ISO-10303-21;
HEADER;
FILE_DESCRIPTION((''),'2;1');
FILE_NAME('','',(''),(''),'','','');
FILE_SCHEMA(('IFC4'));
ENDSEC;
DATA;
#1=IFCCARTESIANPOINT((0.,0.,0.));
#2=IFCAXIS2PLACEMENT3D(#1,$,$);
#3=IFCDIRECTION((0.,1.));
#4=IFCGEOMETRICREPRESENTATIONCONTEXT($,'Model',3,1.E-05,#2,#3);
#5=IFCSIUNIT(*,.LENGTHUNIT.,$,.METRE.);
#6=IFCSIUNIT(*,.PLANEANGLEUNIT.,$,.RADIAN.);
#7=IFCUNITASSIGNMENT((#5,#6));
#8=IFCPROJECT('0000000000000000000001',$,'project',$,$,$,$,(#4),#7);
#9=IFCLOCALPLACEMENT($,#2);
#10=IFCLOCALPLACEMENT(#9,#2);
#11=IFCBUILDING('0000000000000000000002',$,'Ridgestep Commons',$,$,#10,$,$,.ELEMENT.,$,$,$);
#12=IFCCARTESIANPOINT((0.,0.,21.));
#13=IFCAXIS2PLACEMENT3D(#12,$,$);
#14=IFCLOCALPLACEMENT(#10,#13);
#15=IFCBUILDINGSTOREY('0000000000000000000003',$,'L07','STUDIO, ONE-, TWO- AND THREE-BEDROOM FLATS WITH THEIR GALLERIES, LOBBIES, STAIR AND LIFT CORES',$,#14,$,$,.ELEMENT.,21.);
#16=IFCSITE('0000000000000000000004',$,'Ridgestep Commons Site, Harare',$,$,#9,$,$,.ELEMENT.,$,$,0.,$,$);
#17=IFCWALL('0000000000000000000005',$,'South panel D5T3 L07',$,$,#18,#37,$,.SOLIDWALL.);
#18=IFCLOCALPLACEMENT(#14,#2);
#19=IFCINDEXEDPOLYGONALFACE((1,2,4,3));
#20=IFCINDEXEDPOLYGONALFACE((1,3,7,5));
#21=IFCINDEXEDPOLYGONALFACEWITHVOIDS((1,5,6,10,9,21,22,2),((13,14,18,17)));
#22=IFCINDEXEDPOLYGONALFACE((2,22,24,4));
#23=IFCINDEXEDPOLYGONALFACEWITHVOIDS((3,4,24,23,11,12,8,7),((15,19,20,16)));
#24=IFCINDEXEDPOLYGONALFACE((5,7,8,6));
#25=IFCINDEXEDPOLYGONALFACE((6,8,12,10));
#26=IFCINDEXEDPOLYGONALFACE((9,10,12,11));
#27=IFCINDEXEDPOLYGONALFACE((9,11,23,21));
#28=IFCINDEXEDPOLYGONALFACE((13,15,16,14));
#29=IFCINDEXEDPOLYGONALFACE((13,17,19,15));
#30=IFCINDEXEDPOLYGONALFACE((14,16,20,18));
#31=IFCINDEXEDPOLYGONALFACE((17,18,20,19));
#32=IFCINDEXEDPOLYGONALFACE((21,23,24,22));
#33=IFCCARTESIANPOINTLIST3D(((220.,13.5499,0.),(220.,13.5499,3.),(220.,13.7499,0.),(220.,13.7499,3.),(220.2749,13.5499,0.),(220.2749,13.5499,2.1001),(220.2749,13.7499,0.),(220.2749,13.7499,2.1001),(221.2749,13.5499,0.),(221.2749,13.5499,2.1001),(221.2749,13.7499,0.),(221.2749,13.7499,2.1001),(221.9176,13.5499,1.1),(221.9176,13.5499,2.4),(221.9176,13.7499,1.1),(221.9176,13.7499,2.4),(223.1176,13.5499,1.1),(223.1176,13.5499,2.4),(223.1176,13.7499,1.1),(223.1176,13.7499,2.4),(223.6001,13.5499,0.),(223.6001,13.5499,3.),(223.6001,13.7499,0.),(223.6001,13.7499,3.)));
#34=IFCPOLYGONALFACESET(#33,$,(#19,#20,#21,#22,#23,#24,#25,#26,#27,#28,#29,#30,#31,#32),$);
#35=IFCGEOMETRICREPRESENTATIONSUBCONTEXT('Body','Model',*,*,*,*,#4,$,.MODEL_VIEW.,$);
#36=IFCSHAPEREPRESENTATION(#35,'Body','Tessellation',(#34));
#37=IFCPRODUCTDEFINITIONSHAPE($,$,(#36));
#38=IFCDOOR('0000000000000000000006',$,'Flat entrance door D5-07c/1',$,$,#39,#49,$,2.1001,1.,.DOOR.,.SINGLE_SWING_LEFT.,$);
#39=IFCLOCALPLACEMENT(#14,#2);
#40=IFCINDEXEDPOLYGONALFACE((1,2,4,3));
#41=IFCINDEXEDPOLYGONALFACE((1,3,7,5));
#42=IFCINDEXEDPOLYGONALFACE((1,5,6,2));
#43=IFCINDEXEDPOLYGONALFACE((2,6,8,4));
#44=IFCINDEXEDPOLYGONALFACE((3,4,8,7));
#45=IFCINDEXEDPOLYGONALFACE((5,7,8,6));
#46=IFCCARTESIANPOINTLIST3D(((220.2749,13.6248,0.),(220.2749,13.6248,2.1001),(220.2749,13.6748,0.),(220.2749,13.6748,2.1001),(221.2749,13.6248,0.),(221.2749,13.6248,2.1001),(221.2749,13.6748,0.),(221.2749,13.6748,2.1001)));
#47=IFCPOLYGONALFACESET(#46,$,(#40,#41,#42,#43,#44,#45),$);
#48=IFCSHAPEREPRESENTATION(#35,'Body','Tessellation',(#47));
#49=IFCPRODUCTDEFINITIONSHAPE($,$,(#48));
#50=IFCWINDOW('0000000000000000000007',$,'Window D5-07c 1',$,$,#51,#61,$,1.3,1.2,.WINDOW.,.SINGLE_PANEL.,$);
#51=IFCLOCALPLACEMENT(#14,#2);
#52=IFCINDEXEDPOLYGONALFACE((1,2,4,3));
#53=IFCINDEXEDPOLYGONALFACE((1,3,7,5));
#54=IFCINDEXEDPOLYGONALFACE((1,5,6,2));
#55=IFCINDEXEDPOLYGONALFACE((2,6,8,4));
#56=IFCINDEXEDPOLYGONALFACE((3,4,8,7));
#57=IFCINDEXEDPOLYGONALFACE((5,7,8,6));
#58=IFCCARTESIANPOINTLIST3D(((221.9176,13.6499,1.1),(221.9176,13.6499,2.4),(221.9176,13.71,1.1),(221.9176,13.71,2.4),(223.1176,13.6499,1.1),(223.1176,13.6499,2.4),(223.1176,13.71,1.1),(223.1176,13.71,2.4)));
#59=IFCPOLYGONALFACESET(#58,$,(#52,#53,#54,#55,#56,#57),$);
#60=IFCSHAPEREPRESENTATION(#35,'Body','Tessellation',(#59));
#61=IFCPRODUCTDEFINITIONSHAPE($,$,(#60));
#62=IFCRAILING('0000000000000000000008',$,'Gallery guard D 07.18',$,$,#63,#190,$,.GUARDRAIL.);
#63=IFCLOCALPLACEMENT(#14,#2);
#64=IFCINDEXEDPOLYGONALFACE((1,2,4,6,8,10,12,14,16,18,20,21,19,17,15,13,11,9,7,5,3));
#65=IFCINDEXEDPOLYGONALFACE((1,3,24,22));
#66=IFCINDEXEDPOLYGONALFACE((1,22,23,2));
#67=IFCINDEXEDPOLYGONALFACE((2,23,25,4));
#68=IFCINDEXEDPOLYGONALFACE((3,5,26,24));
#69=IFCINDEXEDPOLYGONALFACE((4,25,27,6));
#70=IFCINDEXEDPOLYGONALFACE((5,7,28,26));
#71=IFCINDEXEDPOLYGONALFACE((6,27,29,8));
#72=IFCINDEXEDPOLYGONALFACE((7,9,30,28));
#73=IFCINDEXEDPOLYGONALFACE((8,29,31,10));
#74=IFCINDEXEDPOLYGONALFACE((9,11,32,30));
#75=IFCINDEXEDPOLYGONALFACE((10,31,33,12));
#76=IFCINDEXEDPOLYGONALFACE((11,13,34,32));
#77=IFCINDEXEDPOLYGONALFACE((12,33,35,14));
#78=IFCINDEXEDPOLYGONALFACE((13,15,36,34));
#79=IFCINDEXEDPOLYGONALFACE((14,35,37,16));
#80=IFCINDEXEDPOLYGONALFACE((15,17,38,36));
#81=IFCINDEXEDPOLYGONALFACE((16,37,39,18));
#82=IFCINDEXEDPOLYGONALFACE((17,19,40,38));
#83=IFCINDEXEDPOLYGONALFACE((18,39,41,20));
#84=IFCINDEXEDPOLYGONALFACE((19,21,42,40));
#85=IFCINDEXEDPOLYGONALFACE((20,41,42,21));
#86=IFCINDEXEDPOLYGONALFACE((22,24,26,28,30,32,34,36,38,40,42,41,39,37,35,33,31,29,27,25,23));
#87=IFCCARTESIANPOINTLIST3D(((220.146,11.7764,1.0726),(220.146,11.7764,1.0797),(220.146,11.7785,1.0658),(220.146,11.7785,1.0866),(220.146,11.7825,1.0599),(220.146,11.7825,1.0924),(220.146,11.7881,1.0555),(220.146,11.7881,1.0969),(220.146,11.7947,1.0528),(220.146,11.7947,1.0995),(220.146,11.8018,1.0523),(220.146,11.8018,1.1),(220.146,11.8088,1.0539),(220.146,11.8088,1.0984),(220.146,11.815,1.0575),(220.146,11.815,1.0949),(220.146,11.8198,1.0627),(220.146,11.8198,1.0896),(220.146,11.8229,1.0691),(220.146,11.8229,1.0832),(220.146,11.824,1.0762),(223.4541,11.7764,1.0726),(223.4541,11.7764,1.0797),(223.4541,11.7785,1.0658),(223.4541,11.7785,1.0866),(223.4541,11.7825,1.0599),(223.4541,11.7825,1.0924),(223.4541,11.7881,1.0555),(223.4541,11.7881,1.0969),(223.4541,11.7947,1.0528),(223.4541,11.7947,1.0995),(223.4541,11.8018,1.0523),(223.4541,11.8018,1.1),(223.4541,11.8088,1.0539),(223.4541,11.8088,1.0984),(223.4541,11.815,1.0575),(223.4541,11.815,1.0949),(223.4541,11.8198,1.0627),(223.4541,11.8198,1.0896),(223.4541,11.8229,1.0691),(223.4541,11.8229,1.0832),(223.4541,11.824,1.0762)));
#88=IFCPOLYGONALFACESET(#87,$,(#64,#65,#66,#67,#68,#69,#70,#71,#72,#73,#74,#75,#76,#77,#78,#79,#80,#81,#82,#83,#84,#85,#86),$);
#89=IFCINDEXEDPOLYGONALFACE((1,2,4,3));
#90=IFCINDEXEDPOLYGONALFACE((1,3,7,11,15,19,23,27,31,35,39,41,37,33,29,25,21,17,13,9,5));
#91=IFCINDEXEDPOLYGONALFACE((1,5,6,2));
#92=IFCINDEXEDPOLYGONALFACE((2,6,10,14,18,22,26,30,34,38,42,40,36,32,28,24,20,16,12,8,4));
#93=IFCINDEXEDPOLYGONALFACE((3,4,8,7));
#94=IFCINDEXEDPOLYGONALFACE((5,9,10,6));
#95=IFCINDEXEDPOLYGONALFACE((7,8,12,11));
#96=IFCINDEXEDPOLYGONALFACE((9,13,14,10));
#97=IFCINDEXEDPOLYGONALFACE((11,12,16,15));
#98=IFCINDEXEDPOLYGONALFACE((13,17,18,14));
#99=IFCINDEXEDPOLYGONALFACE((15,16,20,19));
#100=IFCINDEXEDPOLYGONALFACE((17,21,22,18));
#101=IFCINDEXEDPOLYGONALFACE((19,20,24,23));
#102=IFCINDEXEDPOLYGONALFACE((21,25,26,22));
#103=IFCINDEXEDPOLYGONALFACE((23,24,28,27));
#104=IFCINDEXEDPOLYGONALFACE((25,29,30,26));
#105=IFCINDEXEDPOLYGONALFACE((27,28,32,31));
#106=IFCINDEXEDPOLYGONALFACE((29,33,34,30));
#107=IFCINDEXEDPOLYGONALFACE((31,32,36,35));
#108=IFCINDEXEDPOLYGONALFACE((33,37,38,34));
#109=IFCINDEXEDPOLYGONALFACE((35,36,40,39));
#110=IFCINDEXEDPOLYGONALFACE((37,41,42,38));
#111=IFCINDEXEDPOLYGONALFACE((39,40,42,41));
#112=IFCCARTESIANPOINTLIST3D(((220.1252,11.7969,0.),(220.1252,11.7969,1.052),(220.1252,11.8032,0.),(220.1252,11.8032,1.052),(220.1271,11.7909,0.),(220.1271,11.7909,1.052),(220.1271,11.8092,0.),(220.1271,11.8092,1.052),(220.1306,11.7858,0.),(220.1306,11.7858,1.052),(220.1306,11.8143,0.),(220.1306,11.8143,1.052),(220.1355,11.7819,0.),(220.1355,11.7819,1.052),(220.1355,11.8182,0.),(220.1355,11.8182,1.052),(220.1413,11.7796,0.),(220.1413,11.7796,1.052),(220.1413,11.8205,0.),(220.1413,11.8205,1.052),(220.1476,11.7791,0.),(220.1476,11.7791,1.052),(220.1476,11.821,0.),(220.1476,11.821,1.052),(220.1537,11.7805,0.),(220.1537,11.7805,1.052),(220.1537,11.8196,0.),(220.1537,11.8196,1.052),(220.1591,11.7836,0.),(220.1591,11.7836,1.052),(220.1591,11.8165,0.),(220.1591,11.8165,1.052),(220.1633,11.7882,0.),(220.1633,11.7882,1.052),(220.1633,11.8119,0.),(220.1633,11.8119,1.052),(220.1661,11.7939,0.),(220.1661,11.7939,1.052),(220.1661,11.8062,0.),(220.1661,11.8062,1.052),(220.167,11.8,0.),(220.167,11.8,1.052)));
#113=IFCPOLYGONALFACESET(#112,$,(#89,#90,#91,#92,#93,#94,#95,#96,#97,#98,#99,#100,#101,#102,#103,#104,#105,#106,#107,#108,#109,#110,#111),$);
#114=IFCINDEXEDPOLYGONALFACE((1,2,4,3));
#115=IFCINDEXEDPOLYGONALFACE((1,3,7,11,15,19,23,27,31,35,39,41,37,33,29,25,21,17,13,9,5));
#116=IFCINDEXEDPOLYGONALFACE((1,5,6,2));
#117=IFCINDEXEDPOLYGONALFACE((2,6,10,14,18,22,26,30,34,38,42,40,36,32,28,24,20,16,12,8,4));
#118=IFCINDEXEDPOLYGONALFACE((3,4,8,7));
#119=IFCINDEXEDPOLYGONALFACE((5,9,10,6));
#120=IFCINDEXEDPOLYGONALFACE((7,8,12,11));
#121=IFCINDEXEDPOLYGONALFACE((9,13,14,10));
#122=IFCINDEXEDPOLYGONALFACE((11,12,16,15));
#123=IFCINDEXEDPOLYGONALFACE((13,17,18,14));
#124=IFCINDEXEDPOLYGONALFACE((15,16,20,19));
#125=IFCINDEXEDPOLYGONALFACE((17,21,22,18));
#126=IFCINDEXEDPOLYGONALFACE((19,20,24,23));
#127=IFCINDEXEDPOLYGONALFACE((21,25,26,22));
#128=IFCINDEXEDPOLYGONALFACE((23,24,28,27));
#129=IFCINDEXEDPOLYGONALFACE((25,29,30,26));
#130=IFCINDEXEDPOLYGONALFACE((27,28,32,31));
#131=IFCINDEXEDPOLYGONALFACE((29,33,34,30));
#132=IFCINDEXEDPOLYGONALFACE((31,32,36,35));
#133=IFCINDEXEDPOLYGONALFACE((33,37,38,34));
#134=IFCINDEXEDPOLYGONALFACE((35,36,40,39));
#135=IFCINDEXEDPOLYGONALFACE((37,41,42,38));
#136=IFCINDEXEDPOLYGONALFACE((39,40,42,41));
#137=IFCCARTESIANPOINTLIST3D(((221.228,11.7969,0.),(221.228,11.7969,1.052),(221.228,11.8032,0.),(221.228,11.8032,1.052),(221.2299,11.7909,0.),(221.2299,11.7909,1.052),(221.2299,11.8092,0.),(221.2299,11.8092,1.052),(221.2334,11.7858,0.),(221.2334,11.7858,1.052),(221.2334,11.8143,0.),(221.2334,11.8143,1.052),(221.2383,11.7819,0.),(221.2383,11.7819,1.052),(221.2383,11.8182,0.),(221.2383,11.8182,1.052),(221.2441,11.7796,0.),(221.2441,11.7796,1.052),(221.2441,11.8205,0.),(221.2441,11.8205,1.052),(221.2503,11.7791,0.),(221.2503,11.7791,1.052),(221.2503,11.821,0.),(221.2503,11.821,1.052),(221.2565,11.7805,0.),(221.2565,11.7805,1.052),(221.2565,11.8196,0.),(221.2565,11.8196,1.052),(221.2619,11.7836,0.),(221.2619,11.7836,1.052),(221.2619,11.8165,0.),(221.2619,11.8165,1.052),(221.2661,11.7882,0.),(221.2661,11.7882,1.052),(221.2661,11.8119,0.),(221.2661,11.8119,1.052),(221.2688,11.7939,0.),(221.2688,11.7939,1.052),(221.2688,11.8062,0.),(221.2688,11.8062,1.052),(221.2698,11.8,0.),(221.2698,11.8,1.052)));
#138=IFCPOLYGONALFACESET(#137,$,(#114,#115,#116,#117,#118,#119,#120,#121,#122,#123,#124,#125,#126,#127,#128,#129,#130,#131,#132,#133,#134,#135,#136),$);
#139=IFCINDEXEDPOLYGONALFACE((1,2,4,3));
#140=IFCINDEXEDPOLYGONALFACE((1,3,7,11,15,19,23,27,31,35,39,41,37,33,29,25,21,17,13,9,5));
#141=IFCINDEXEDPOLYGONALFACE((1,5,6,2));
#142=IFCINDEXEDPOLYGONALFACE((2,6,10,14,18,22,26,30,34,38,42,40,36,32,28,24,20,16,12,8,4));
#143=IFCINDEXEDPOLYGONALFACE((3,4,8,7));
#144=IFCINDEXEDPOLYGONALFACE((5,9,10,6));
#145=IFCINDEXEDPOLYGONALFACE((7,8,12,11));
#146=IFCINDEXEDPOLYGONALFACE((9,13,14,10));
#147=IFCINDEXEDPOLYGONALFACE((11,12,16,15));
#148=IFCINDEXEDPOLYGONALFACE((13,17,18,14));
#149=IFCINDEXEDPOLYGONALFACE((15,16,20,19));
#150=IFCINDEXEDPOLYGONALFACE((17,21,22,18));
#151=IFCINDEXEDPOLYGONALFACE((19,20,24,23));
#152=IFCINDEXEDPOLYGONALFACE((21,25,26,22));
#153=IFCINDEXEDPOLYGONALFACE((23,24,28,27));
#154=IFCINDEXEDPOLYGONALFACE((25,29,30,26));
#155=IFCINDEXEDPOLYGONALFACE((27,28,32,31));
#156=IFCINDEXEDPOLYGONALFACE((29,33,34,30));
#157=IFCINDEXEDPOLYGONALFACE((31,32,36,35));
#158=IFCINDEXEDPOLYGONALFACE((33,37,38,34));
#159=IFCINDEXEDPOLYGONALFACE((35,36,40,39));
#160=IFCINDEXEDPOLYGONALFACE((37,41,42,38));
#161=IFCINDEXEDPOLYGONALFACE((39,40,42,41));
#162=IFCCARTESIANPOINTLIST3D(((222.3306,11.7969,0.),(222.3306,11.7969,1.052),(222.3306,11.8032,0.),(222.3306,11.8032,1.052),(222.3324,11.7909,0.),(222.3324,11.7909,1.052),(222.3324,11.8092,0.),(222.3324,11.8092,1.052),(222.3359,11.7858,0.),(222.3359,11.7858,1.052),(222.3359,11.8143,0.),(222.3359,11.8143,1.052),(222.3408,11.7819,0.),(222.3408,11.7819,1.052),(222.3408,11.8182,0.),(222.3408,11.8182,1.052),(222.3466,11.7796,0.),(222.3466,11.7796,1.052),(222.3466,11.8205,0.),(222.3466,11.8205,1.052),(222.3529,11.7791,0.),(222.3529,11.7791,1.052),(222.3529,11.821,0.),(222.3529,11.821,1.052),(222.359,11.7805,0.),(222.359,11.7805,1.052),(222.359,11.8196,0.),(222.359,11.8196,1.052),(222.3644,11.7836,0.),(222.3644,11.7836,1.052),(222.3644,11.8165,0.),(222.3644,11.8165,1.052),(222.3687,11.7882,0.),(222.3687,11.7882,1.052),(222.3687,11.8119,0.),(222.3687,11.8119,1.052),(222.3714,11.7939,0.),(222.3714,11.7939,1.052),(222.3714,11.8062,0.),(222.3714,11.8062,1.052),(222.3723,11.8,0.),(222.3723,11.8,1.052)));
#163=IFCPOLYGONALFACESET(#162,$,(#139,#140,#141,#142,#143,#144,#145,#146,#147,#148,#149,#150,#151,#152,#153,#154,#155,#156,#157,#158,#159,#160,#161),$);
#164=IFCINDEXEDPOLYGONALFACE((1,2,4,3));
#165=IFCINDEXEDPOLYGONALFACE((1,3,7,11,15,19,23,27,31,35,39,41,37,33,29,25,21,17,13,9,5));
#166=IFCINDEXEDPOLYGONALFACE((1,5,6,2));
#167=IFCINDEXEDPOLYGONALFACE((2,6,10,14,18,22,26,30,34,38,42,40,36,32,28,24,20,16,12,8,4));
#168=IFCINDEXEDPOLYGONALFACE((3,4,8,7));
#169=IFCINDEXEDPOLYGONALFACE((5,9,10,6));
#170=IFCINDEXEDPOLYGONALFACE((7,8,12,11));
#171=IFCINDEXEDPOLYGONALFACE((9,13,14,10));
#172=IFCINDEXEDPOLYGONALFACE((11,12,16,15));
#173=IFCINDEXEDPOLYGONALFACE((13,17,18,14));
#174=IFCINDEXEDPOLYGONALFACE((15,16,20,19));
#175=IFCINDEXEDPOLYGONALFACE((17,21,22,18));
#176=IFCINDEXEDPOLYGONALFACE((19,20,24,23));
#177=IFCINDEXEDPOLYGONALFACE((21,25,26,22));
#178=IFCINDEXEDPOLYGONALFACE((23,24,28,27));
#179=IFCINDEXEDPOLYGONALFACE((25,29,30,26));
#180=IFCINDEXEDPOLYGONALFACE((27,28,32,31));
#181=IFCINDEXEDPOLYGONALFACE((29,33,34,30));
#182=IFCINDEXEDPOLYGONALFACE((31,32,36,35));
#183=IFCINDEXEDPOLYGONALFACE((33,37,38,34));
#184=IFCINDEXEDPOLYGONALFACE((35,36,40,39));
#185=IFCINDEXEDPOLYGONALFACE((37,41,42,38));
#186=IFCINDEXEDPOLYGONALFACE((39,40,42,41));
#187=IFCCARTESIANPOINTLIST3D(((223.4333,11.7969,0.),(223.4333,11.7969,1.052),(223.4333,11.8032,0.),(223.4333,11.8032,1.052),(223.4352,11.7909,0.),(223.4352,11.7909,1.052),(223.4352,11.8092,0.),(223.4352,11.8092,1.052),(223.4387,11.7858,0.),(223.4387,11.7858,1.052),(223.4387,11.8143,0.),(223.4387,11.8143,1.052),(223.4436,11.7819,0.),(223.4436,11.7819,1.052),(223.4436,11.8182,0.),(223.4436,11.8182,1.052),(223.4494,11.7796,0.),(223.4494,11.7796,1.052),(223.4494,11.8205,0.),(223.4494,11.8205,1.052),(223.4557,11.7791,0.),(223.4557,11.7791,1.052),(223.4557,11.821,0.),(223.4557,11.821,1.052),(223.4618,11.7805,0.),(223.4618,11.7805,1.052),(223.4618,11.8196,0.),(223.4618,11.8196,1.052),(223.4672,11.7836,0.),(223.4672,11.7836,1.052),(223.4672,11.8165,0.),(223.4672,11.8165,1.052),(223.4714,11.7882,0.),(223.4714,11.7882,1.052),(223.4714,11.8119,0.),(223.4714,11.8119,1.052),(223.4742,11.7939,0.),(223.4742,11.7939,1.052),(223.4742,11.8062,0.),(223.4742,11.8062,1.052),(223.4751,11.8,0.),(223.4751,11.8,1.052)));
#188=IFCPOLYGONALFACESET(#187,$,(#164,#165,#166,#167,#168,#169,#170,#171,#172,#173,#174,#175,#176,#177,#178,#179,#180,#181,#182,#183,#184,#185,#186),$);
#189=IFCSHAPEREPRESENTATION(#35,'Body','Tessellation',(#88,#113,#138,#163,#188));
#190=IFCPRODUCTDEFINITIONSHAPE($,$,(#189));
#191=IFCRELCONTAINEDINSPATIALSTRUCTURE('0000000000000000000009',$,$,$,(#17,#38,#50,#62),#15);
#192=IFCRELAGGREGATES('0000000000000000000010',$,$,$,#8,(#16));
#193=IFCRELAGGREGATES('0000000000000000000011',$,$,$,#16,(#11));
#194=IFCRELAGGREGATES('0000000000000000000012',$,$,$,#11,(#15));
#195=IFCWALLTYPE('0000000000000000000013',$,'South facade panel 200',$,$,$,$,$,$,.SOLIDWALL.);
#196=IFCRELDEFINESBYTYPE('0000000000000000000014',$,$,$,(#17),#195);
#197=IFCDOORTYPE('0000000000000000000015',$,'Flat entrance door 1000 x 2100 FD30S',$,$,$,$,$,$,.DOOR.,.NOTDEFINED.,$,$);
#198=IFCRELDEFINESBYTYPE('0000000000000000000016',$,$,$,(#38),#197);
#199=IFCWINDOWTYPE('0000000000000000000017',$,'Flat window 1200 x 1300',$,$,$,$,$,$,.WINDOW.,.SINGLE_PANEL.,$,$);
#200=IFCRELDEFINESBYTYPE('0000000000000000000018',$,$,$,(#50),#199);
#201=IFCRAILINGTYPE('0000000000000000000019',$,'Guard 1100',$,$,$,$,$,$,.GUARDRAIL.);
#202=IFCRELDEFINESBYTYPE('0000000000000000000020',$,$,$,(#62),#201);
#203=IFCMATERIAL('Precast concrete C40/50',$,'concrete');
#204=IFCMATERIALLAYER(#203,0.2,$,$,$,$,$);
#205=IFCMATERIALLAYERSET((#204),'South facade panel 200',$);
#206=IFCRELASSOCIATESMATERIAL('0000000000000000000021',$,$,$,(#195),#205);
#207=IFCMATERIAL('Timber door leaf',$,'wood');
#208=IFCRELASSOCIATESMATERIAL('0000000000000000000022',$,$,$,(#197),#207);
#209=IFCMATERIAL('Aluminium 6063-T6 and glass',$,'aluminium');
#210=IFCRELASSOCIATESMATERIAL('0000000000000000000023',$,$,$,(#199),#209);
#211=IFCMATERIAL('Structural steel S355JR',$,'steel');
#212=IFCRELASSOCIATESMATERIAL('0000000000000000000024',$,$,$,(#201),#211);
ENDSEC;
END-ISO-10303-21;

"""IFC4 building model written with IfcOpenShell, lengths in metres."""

from ifc_helpers import new_model, si_unit, direction, frame, frame_2d, origin, origin_2d, place, context, subcontext, project, spatial, rectangle, circle, extrude, material, layer, layer_set, type_object, element, fill, save


model = new_model("IFC4")

# Units and contexts
model_context = context("Model", 3, precision=1e-05, world=origin(), true_north=direction((0.0, 1.0)))
body_context = subcontext(model_context, "Body", "Model", "MODEL_VIEW")
ifc_project = project(units=[si_unit("LENGTHUNIT", "METRE"), si_unit("PLANEANGLEUNIT", "RADIAN")], contexts=[model_context])

# Site, building, storey
site_placement = place(None, origin())
site = spatial("IfcSite", under=ifc_project, at=site_placement, Name="Ridgestep Commons Site, Harare", CompositionType="ELEMENT", RefElevation=0.0)
building_placement = place(site_placement, origin())
building = spatial("IfcBuilding", under=site, at=building_placement, Name="Ridgestep Commons", CompositionType="ELEMENT")
storey_placement = place(building_placement, frame((0.0, 0.0, 21.0)))
storey = spatial("IfcBuildingStorey", under=building, at=storey_placement, Name="L07", Description="STUDIO, ONE-, TWO- AND THREE-BEDROOM FLATS WITH THEIR GALLERIES, LOBBIES, STAIR AND LIFT CORES", CompositionType="ELEMENT", Elevation=21.0)

# Wall, openings, door, window
ifc_material_1 = material(Name="Precast concrete C40/50", Category="concrete")
ifc_layer_1 = layer(ifc_material_1, 0.2)
ifc_layer_set_1 = layer_set([ifc_layer_1], Name="South facade panel 200")
wall_type_1 = type_object("IfcWallType", Name="South facade panel 200", PredefinedType="SOLIDWALL", material=ifc_layer_set_1)
wall_1_placement = place(storey_placement, frame((220.0, 13.6499, 0.0), z_axis=(0.0, 0.0, 1.0), x_axis=(1.0, 0.0, 0.0)))
wall_1 = element("IfcWall", 1, at=wall_1_placement, inside=storey, type_object=wall_type_1, Name="South panel D5T3 L07", PredefinedType="SOLIDWALL", context=body_context, shape_type="SweptSolid", body=[
    extrude(rectangle(XDim=3.6001, YDim=0.2, at=frame_2d((1.8, 0.0))), origin(), (0.0, 0.0, 1.0), 3.0),
])
opening_1_placement = place(wall_1_placement, frame((1.9175, 0.0, 1.1001)))
opening_1 = element("IfcOpeningElement", 2, at=opening_1_placement, cuts=wall_1, PredefinedType="OPENING", context=body_context, shape_type="SweptSolid", body=[
    extrude(rectangle(XDim=1.2, YDim=1.3, at=frame_2d((0.6001, 0.6499))), frame((0.0, 0.1099, 0.0), z_axis=(0.0, -1.0, 0.0), x_axis=(1.0, 0.0, 0.0)), (0.0, 0.0, 1.0), 0.22),
])
opening_2_placement = place(wall_1_placement, frame((0.2749, 0.0, 0.0)))
opening_2 = element("IfcOpeningElement", 3, at=opening_2_placement, cuts=wall_1, PredefinedType="OPENING", context=body_context, shape_type="SweptSolid", body=[
    extrude(rectangle(XDim=1.0, YDim=2.1001, at=frame_2d((0.5, 1.05))), frame((0.0, 0.1099, 0.0), z_axis=(0.0, -1.0, 0.0), x_axis=(1.0, 0.0, 0.0)), (0.0, 0.0, 1.0), 0.22),
])
ifc_material_2 = material(Name="Timber door leaf", Category="wood")
door_type_1 = type_object("IfcDoorType", Name="Flat entrance door 1000 x 2100 FD30S", OperationType="NOTDEFINED", PredefinedType="DOOR", material=ifc_material_2)
door_1_placement = place(opening_2_placement, origin())
door_1 = element("IfcDoor", 4, at=door_1_placement, inside=storey, type_object=door_type_1, Name="Flat entrance door D5-07c/1", OperationType="SINGLE_SWING_LEFT", OverallHeight=2.1001, OverallWidth=1.0, PredefinedType="DOOR", context=body_context, shape_type="SweptSolid", body=[
    extrude(rectangle(XDim=1.0, YDim=2.1001, at=frame_2d((0.5, 1.05))), frame((0.0, 0.0249, 0.0), z_axis=(0.0, -1.0, 0.0), x_axis=(1.0, 0.0, 0.0)), (0.0, 0.0, 1.0), 0.05),
])
fill(opening_2, door_1)
ifc_material_3 = material(Name="Aluminium 6063-T6 and glass", Category="aluminium")
window_type = type_object("IfcWindowType", Name="Flat window 1200 x 1300", PartitioningType="SINGLE_PANEL", PredefinedType="WINDOW", material=ifc_material_3)
window_placement = place(opening_1_placement, origin())
window = element("IfcWindow", 5, at=window_placement, inside=storey, type_object=window_type, Name="Window D5-07c 1", OverallHeight=1.3, OverallWidth=1.2, PartitioningType="SINGLE_PANEL", PredefinedType="WINDOW", context=body_context, shape_type="SweptSolid", body=[
    extrude(rectangle(XDim=1.2, YDim=1.3, at=frame_2d((0.6001, 0.6499))), frame((0.0, 0.0601, 0.0), z_axis=(0.0, -1.0, 0.0), x_axis=(1.0, 0.0, 0.0)), (0.0, 0.0, 1.0), 0.0601),
])
fill(opening_1, window)

# Railing
ifc_material_4 = material(Name="Structural steel S355JR", Category="steel")
railing_type_1 = type_object("IfcRailingType", Name="Guard 1100", PredefinedType="GUARDRAIL", material=ifc_material_4)
railing_1_placement = place(storey_placement, frame((220.146, 11.8, 0.0)))
element("IfcRailing", 6, at=railing_1_placement, inside=storey, type_object=railing_type_1, Name="Gallery guard D 07.18", PredefinedType="GUARDRAIL", context=body_context, shape_type="SweptSolid", body=[
    extrude(circle(Radius=0.0239, at=origin_2d()), frame((0.0, 0.0, 1.0762), z_axis=(1.0, 0.0, 0.0), x_axis=(0.0, 1.0, 0.0)), (0.0, 0.0, 1.0), 3.3081),
    extrude(circle(Radius=0.021, at=origin_2d()), origin(), (0.0, 0.0, 1.0), 1.052),
    extrude(circle(Radius=0.021, at=origin_2d()), frame((1.1028, 0.0, 0.0)), (0.0, 0.0, 1.0), 1.052),
    extrude(circle(Radius=0.021, at=origin_2d()), frame((2.2053, 0.0, 0.0)), (0.0, 0.0, 1.0), 1.052),
    extrude(circle(Radius=0.021, at=origin_2d()), frame((3.3081, 0.0, 0.0)), (0.0, 0.0, 1.0), 1.052),
])

save(model, "model.ifc")
